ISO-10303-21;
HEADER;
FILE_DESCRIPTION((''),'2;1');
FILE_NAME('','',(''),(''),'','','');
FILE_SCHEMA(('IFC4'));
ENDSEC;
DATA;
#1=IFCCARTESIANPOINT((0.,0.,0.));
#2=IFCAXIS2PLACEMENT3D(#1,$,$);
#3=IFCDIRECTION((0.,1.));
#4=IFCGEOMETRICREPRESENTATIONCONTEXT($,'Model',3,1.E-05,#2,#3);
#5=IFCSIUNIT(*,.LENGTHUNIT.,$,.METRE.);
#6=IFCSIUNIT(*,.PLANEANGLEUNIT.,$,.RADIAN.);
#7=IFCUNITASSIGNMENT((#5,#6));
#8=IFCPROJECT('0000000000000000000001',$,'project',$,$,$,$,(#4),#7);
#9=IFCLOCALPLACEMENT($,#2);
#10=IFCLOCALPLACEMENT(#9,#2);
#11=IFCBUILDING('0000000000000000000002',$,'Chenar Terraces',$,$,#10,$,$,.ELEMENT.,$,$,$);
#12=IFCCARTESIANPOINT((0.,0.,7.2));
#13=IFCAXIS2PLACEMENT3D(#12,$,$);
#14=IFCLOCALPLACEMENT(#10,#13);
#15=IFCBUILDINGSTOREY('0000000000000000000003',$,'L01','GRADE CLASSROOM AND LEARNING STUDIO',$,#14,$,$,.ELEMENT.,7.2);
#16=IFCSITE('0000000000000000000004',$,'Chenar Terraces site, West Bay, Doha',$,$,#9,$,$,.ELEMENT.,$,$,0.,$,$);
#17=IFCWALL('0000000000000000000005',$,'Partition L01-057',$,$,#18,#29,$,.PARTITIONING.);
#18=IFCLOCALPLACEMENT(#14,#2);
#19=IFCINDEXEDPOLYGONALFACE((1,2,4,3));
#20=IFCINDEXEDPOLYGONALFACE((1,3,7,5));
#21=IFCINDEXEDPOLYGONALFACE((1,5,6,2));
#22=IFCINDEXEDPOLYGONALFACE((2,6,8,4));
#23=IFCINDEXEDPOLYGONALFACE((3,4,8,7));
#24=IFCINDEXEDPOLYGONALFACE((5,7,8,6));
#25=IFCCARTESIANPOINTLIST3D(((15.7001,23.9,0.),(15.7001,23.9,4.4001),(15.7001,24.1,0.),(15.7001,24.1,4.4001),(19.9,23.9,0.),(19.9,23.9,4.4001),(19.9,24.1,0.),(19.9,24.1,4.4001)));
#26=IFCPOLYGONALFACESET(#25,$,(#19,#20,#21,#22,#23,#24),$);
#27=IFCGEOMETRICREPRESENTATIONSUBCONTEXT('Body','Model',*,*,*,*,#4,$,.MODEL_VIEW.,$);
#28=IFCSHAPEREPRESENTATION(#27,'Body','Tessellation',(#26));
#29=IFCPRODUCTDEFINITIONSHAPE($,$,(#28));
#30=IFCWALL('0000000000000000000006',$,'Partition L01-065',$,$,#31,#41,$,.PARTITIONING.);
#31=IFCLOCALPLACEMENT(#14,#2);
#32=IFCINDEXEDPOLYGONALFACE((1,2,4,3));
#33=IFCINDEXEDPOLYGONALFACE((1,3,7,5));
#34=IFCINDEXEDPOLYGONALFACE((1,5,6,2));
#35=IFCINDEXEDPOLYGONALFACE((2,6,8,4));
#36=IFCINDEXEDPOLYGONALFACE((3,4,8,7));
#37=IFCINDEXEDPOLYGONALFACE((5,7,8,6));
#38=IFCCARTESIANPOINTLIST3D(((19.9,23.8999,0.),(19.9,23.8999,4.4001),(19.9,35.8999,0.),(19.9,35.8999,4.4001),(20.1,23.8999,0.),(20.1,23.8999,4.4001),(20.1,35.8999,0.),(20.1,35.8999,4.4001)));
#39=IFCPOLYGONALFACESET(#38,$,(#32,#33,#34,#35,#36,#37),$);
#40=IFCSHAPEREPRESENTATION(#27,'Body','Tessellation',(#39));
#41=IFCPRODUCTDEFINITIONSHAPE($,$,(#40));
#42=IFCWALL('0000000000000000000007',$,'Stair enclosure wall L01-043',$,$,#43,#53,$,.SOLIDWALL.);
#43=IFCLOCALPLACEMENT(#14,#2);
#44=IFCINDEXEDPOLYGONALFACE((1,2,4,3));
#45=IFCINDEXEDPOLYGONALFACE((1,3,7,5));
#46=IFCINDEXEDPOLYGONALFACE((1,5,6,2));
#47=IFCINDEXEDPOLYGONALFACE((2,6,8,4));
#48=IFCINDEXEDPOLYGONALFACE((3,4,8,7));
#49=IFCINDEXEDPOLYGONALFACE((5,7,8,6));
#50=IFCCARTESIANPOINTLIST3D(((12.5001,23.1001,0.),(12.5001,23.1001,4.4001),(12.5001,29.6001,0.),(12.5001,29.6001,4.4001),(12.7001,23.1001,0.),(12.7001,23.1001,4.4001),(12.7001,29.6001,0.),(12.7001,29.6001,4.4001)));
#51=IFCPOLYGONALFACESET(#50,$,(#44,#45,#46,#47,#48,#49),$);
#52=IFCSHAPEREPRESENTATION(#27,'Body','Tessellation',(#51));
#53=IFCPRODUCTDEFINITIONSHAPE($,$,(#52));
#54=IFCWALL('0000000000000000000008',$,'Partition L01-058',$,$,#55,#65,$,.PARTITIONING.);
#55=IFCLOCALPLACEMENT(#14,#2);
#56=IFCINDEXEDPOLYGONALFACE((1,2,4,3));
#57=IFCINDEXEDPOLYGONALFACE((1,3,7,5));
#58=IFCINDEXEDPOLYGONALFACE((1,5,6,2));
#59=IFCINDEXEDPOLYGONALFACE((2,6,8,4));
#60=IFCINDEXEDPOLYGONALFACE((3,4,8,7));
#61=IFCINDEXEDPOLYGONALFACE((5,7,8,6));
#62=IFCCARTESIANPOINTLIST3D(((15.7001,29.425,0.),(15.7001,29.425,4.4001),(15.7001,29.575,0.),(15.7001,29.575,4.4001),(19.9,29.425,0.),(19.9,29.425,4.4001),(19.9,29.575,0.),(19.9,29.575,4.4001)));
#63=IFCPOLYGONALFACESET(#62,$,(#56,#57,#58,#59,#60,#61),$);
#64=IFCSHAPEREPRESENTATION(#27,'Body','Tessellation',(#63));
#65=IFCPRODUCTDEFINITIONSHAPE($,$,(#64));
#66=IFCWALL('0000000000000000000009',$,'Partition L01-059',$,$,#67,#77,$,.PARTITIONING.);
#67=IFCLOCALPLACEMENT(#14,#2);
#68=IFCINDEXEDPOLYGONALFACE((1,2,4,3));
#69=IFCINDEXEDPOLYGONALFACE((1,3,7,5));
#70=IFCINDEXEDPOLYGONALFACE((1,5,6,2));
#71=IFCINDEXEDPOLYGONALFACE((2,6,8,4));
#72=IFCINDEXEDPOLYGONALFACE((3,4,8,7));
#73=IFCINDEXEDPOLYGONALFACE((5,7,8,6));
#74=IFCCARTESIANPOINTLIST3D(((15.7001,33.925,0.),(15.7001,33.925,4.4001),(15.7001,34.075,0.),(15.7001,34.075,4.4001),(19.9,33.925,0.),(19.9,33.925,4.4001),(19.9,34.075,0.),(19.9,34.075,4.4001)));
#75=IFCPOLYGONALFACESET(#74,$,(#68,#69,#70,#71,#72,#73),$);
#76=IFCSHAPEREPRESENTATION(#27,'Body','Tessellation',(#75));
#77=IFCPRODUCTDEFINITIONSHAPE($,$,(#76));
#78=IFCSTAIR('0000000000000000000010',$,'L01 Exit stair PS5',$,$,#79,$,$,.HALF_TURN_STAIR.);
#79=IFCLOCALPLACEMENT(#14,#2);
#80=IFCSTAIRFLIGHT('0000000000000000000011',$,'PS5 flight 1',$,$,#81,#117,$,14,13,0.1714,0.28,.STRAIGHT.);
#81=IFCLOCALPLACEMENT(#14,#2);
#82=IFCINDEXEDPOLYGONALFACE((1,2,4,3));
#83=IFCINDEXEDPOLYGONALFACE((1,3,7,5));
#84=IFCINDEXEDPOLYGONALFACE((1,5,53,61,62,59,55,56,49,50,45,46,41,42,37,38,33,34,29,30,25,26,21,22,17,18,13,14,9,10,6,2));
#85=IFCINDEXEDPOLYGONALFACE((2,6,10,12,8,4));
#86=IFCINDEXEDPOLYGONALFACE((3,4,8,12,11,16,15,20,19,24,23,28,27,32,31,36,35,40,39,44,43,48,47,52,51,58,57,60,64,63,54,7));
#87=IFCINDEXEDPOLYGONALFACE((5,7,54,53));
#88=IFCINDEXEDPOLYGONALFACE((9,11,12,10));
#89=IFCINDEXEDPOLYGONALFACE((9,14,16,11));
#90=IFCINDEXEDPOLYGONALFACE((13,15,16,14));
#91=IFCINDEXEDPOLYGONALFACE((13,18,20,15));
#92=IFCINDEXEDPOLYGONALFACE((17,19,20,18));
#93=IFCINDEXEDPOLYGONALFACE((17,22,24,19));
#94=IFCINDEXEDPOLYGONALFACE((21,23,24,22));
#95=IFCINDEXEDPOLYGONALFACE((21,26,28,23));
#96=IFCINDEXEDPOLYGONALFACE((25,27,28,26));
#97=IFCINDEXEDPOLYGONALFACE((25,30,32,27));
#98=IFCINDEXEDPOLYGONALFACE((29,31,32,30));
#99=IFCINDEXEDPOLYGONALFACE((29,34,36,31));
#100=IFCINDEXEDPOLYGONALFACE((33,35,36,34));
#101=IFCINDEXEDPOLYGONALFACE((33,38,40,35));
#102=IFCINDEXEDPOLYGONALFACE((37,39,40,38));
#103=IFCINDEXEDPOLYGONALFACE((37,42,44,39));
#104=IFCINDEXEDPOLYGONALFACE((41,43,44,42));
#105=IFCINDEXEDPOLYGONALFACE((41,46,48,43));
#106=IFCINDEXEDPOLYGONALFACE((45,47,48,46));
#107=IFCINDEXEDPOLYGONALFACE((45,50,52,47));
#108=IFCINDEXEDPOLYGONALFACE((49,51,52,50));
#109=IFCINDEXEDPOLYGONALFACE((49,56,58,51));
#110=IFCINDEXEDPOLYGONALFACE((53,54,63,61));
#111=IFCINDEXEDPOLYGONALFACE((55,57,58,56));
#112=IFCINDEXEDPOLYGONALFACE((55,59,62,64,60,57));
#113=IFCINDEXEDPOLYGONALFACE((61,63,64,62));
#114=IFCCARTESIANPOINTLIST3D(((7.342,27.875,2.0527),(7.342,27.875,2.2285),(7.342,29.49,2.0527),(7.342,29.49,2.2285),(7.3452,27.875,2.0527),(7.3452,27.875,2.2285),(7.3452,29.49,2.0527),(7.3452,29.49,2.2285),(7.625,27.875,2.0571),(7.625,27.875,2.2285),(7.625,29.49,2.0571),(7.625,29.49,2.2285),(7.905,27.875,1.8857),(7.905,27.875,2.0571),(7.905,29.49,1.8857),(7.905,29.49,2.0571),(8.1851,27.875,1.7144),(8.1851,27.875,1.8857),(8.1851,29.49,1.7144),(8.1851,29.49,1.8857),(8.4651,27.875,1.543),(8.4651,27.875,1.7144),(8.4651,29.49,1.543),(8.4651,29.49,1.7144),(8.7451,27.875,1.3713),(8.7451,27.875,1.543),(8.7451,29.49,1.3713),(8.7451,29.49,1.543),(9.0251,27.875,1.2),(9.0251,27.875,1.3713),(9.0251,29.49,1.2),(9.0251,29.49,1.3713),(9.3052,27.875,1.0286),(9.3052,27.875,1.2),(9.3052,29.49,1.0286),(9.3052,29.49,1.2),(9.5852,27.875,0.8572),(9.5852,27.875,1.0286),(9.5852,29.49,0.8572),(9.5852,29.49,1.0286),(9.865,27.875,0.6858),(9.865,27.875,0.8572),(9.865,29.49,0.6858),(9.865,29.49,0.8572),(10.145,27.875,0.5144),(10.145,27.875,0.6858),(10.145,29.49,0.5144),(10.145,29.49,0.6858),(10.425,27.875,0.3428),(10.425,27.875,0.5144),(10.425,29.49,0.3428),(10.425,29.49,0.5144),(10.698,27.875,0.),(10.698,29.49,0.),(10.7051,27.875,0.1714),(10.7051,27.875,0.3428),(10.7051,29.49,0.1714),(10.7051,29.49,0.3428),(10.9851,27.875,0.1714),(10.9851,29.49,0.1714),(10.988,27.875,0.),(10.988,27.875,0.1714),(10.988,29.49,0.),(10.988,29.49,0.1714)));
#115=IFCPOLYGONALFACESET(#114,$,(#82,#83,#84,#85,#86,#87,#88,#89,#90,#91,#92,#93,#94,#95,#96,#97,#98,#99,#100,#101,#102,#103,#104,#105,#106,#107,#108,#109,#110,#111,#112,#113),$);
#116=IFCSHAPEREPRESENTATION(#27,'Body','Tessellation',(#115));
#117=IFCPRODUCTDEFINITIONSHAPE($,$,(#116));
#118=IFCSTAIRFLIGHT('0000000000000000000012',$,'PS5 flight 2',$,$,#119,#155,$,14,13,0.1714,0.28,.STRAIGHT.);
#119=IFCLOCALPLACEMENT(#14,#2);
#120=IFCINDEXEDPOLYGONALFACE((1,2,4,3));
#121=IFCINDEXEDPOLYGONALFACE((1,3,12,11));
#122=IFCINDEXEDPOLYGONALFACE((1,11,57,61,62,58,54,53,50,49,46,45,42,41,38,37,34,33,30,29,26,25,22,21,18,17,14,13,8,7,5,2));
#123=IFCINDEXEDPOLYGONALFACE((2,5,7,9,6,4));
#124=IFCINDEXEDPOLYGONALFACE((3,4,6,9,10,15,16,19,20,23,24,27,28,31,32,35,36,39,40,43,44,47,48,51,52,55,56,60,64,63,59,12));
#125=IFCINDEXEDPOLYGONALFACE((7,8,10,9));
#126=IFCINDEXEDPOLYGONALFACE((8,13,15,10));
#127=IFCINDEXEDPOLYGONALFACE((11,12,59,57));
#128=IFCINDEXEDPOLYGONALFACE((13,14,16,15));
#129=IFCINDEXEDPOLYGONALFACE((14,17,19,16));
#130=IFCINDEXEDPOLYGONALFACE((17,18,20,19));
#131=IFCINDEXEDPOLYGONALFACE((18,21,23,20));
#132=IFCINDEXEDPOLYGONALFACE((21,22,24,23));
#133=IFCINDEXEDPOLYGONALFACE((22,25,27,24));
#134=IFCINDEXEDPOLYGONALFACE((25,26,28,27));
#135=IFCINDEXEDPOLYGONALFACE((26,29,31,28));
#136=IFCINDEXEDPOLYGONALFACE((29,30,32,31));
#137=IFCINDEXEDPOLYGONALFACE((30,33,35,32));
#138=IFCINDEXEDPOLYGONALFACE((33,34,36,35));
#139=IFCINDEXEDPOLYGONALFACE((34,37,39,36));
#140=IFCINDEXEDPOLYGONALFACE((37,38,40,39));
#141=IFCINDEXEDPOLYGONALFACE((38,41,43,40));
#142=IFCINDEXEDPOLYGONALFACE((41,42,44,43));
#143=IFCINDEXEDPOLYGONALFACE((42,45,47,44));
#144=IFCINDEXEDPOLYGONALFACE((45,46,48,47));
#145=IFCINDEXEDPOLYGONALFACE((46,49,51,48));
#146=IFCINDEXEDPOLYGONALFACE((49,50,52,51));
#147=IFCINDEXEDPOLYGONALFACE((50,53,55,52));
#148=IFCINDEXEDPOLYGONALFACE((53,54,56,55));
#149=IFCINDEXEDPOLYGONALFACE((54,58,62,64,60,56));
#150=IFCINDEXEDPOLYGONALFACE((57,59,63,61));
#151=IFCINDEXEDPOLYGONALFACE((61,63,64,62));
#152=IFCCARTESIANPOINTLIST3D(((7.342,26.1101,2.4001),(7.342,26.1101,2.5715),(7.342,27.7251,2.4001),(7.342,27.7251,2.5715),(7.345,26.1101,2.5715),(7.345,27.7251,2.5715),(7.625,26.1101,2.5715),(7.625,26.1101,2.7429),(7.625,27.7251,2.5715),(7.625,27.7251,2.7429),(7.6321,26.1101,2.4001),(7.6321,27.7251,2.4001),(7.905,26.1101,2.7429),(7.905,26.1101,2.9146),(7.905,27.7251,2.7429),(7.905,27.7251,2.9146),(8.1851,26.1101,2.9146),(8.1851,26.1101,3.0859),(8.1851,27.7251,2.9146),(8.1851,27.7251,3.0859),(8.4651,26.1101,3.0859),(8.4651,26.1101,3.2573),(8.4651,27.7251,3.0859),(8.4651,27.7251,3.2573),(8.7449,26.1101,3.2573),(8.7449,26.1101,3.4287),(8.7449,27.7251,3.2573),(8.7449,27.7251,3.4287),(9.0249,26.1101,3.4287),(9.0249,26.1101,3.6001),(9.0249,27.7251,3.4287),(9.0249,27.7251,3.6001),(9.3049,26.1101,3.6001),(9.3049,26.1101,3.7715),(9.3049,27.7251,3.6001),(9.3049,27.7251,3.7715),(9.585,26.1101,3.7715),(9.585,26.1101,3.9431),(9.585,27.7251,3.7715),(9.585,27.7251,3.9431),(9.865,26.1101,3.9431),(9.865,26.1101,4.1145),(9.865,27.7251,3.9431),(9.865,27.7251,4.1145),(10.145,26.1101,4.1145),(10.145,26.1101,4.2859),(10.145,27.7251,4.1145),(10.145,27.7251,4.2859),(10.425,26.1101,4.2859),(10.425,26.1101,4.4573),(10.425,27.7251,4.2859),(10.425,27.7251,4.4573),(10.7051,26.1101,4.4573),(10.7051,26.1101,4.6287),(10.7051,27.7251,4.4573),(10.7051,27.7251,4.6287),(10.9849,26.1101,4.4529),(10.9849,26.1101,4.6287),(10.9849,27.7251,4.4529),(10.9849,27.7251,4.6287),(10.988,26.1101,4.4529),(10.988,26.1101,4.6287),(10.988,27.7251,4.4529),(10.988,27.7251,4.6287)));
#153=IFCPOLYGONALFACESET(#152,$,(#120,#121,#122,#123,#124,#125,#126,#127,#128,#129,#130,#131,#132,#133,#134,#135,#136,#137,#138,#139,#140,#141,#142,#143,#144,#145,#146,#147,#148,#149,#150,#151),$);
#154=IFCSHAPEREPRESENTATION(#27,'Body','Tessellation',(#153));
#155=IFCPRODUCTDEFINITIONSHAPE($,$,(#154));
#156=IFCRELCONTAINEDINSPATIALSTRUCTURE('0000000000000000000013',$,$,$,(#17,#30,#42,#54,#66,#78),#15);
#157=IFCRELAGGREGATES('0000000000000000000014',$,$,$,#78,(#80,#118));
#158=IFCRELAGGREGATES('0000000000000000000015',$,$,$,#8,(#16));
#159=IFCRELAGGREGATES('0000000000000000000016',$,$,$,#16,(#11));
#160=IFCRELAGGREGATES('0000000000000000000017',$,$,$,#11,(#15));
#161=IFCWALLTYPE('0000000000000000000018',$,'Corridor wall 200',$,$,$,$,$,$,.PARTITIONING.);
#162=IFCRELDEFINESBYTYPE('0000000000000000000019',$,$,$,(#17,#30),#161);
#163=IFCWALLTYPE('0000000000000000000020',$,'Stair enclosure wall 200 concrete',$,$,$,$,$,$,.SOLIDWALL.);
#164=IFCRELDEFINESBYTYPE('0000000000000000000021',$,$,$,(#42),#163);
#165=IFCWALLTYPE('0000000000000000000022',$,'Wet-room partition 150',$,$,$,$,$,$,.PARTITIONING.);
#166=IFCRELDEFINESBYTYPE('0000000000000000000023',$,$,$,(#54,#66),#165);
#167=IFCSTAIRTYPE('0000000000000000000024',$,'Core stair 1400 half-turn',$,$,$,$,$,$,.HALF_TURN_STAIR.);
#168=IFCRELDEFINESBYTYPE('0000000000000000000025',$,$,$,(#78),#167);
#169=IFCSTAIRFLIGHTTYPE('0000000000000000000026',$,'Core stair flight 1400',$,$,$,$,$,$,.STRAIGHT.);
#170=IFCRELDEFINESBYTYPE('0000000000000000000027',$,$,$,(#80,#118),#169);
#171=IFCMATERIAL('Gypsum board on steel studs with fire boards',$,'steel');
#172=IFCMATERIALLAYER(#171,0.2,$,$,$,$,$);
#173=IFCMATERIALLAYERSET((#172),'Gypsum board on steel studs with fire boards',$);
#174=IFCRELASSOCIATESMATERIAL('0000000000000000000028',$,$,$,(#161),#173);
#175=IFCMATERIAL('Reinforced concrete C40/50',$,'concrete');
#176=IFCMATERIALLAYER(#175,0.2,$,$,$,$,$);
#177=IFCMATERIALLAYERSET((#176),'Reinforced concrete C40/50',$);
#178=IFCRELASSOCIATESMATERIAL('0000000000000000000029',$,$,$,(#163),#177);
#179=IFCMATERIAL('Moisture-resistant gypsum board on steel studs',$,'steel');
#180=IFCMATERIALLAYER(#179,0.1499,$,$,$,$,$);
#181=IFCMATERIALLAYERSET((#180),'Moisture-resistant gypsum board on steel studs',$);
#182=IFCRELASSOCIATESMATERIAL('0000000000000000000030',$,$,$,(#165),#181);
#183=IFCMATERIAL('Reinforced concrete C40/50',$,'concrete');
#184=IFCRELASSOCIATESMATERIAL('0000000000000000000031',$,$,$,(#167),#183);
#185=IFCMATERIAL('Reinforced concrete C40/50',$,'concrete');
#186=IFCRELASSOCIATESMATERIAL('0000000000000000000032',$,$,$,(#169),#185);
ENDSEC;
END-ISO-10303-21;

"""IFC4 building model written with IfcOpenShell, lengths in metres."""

from ifc_helpers import new_model, si_unit, direction, frame, frame_2d, origin, place, context, subcontext, project, spatial, polyline, rectangle, outline, extrude, material, layer, layer_set, type_object, element, aggregate, save


model = new_model("IFC4")

# Units and contexts
model_context = context("Model", 3, precision=1e-05, world=origin(), true_north=direction((0.0, 1.0)))
body_context = subcontext(model_context, "Body", "Model", "MODEL_VIEW")
ifc_project = project(units=[si_unit("LENGTHUNIT", "METRE"), si_unit("PLANEANGLEUNIT", "RADIAN")], contexts=[model_context])

# Site, building, storey
site_placement = place(None, origin())
site = spatial("IfcSite", under=ifc_project, at=site_placement, Name="Chenar Terraces site, West Bay, Doha", CompositionType="ELEMENT", RefElevation=0.0)
building_placement = place(site_placement, origin())
building = spatial("IfcBuilding", under=site, at=building_placement, Name="Chenar Terraces", CompositionType="ELEMENT")
storey_placement = place(building_placement, frame((0.0, 0.0, 7.2)))
storey = spatial("IfcBuildingStorey", under=building, at=storey_placement, Name="L01", Description="GRADE CLASSROOM AND LEARNING STUDIO", CompositionType="ELEMENT", Elevation=7.2)

# Shared definitions
ifc_material_1 = material(Name="Gypsum board on steel studs with fire boards", Category="steel")
ifc_layer_1 = layer(ifc_material_1, 0.2)
ifc_layer_set_1 = layer_set([ifc_layer_1], Name="Gypsum board on steel studs with fire boards")
wall_type_1 = type_object("IfcWallType", Name="Corridor wall 200", PredefinedType="PARTITIONING", material=ifc_layer_set_1)

# Walls
wall_1_placement = place(storey_placement, frame((15.7, 24.0, 0.0), z_axis=(0.0, 0.0, 1.0), x_axis=(1.0, 0.0, 0.0)))
element("IfcWall", 1, at=wall_1_placement, inside=storey, type_object=wall_type_1, Name="Partition L01-057", PredefinedType="PARTITIONING", context=body_context, shape_type="SweptSolid", body=[
    extrude(rectangle(XDim=4.2, YDim=0.2, at=frame_2d((2.1001, 0.0))), origin(), (0.0, 0.0, 1.0), 4.4001),
])
wall_2_placement = place(storey_placement, frame((20.0, 23.8999, 0.0), z_axis=(0.0, 0.0, 1.0), x_axis=(0.0, 1.0, 0.0)))
element("IfcWall", 2, at=wall_2_placement, inside=storey, type_object=wall_type_1, Name="Partition L01-065", PredefinedType="PARTITIONING", context=body_context, shape_type="SweptSolid", body=[
    extrude(rectangle(XDim=12.0, YDim=0.2, at=frame_2d((6.0, 0.0))), origin(), (0.0, 0.0, 1.0), 4.4001),
])
ifc_material_2 = material(Name="Reinforced concrete C40/50", Category="concrete")
ifc_layer_2 = layer(ifc_material_2, 0.2)
ifc_layer_set_2 = layer_set([ifc_layer_2], Name="Reinforced concrete C40/50")
wall_type_2 = type_object("IfcWallType", Name="Stair enclosure wall 200 concrete", PredefinedType="SOLIDWALL", material=ifc_layer_set_2)
wall_3_placement = place(storey_placement, frame((12.6001, 23.1001, 0.0), z_axis=(0.0, 0.0, 1.0), x_axis=(0.0, 1.0, 0.0)))
element("IfcWall", 3, at=wall_3_placement, inside=storey, type_object=wall_type_2, Name="Stair enclosure wall L01-043", PredefinedType="SOLIDWALL", context=body_context, shape_type="SweptSolid", body=[
    extrude(rectangle(XDim=6.5, YDim=0.2, at=frame_2d((3.25, 0.0))), origin(), (0.0, 0.0, 1.0), 4.4001),
])
ifc_material_3 = material(Name="Moisture-resistant gypsum board on steel studs", Category="steel")
ifc_layer_3 = layer(ifc_material_3, 0.1499)
ifc_layer_set_3 = layer_set([ifc_layer_3], Name="Moisture-resistant gypsum board on steel studs")
wall_type_3 = type_object("IfcWallType", Name="Wet-room partition 150", PredefinedType="PARTITIONING", material=ifc_layer_set_3)
for number, where, z_axis, x_axis, name in (
    (4, (15.7, 29.5, 0.0), (0.0, 0.0, 1.0), (1.0, 0.0, 0.0), "Partition L01-058"),
    (5, (15.7, 34.0, 0.0), (0.0, 0.0, 1.0), (1.0, 0.0, 0.0), "Partition L01-059"),
):
    element("IfcWall", number, at=place(storey_placement, frame(where, z_axis=z_axis, x_axis=x_axis)), inside=storey, type_object=wall_type_3, Name=name, PredefinedType="PARTITIONING", context=body_context, shape_type="SweptSolid", body=[
        extrude(rectangle(XDim=4.2, YDim=0.1499, at=frame_2d((2.1001, 0.0))), origin(), (0.0, 0.0, 1.0), 4.4001),
    ])

# Stair, stair flights
ifc_material_4 = material(Name="Reinforced concrete C40/50", Category="concrete")
stair_type = type_object("IfcStairType", Name="Core stair 1400 half-turn", PredefinedType="HALF_TURN_STAIR", material=ifc_material_4)
stair_placement = place(storey_placement, origin())
stair = element("IfcStair", 6, at=stair_placement, inside=storey, type_object=stair_type, Name="L01 Exit stair PS5", PredefinedType="HALF_TURN_STAIR")
ifc_material_5 = material(Name="Reinforced concrete C40/50", Category="concrete")
stair_flight_type = type_object("IfcStairFlightType", Name="Core stair flight 1400", PredefinedType="STRAIGHT", material=ifc_material_5)
stair_flight_1_placement = place(storey_placement, frame((10.9851, 28.6826, 0.0), z_axis=(0.0, 0.0, 1.0), x_axis=(-1.0, 0.0, 0.0)))
stair_flight_1 = element("IfcStairFlight", 7, at=stair_flight_1_placement, type_object=stair_flight_type, Name="PS5 flight 1", NumberOfRisers=14, NumberOfTreads=13, PredefinedType="STRAIGHT", RiserHeight=0.1714, TreadLength=0.28, context=body_context, shape_type="SweptSolid", body=[
    extrude(outline(polyline([(-0.0029, 0.0), (-0.0029, 0.1714), (0.0, 0.1714), (0.28, 0.1714), (0.28, 0.3428), (0.5601, 0.3428), (0.5601, 0.5144), (0.8401, 0.5144), (0.8401, 0.6858), (1.1201, 0.6858), (1.1201, 0.8572), (1.3999, 0.8572), (1.3999, 1.0286), (1.6799, 1.0286), (1.6799, 1.2), (1.96, 1.2), (1.96, 1.3713), (2.24, 1.3713), (2.24, 1.543), (2.52, 1.543), (2.52, 1.7144), (2.8, 1.7144), (2.8, 1.8857), (3.0801, 1.8857), (3.0801, 2.0571), (3.3601, 2.0571), (3.3601, 2.2285), (3.6399, 2.2285), (3.6431, 2.2285), (3.6431, 2.0527), (3.6399, 2.0527), (0.2871, 0.0), (-0.0029, 0.0)])), frame((0.0, 0.8076, 0.0), z_axis=(0.0, -1.0, 0.0), x_axis=(1.0, 0.0, 0.0)), (0.0, 0.0, 1.0), 1.615),
])
stair_flight_2_placement = place(storey_placement, frame((7.345, 26.9175, 2.4001), z_axis=(0.0, 0.0, 1.0), x_axis=(1.0, 0.0, 0.0)))
stair_flight_2 = element("IfcStairFlight", 8, at=stair_flight_2_placement, type_object=stair_flight_type, Name="PS5 flight 2", NumberOfRisers=14, NumberOfTreads=13, PredefinedType="STRAIGHT", RiserHeight=0.1714, TreadLength=0.28, context=body_context, shape_type="SweptSolid", body=[
    extrude(outline(polyline([(-0.0029, 0.0), (-0.0029, 0.1714), (0.0, 0.1714), (0.28, 0.1714), (0.28, 0.3428), (0.5601, 0.3428), (0.5601, 0.5144), (0.8401, 0.5144), (0.8401, 0.6858), (1.1201, 0.6858), (1.1201, 0.8572), (1.3999, 0.8572), (1.3999, 1.0286), (1.6799, 1.0286), (1.6799, 1.2), (1.96, 1.2), (1.96, 1.3713), (2.24, 1.3713), (2.24, 1.543), (2.52, 1.543), (2.52, 1.7144), (2.8, 1.7144), (2.8, 1.8857), (3.0801, 1.8857), (3.0801, 2.0571), (3.3601, 2.0571), (3.3601, 2.2285), (3.6399, 2.2285), (3.6431, 2.2285), (3.6431, 2.0527), (3.6399, 2.0527), (0.2871, 0.0), (-0.0029, 0.0)])), frame((0.0, 0.8076, 0.0), z_axis=(0.0, -1.0, 0.0), x_axis=(1.0, 0.0, 0.0)), (0.0, 0.0, 1.0), 1.615),
])
aggregate(stair, [stair_flight_1, stair_flight_2])

save(model, "model.ifc")
